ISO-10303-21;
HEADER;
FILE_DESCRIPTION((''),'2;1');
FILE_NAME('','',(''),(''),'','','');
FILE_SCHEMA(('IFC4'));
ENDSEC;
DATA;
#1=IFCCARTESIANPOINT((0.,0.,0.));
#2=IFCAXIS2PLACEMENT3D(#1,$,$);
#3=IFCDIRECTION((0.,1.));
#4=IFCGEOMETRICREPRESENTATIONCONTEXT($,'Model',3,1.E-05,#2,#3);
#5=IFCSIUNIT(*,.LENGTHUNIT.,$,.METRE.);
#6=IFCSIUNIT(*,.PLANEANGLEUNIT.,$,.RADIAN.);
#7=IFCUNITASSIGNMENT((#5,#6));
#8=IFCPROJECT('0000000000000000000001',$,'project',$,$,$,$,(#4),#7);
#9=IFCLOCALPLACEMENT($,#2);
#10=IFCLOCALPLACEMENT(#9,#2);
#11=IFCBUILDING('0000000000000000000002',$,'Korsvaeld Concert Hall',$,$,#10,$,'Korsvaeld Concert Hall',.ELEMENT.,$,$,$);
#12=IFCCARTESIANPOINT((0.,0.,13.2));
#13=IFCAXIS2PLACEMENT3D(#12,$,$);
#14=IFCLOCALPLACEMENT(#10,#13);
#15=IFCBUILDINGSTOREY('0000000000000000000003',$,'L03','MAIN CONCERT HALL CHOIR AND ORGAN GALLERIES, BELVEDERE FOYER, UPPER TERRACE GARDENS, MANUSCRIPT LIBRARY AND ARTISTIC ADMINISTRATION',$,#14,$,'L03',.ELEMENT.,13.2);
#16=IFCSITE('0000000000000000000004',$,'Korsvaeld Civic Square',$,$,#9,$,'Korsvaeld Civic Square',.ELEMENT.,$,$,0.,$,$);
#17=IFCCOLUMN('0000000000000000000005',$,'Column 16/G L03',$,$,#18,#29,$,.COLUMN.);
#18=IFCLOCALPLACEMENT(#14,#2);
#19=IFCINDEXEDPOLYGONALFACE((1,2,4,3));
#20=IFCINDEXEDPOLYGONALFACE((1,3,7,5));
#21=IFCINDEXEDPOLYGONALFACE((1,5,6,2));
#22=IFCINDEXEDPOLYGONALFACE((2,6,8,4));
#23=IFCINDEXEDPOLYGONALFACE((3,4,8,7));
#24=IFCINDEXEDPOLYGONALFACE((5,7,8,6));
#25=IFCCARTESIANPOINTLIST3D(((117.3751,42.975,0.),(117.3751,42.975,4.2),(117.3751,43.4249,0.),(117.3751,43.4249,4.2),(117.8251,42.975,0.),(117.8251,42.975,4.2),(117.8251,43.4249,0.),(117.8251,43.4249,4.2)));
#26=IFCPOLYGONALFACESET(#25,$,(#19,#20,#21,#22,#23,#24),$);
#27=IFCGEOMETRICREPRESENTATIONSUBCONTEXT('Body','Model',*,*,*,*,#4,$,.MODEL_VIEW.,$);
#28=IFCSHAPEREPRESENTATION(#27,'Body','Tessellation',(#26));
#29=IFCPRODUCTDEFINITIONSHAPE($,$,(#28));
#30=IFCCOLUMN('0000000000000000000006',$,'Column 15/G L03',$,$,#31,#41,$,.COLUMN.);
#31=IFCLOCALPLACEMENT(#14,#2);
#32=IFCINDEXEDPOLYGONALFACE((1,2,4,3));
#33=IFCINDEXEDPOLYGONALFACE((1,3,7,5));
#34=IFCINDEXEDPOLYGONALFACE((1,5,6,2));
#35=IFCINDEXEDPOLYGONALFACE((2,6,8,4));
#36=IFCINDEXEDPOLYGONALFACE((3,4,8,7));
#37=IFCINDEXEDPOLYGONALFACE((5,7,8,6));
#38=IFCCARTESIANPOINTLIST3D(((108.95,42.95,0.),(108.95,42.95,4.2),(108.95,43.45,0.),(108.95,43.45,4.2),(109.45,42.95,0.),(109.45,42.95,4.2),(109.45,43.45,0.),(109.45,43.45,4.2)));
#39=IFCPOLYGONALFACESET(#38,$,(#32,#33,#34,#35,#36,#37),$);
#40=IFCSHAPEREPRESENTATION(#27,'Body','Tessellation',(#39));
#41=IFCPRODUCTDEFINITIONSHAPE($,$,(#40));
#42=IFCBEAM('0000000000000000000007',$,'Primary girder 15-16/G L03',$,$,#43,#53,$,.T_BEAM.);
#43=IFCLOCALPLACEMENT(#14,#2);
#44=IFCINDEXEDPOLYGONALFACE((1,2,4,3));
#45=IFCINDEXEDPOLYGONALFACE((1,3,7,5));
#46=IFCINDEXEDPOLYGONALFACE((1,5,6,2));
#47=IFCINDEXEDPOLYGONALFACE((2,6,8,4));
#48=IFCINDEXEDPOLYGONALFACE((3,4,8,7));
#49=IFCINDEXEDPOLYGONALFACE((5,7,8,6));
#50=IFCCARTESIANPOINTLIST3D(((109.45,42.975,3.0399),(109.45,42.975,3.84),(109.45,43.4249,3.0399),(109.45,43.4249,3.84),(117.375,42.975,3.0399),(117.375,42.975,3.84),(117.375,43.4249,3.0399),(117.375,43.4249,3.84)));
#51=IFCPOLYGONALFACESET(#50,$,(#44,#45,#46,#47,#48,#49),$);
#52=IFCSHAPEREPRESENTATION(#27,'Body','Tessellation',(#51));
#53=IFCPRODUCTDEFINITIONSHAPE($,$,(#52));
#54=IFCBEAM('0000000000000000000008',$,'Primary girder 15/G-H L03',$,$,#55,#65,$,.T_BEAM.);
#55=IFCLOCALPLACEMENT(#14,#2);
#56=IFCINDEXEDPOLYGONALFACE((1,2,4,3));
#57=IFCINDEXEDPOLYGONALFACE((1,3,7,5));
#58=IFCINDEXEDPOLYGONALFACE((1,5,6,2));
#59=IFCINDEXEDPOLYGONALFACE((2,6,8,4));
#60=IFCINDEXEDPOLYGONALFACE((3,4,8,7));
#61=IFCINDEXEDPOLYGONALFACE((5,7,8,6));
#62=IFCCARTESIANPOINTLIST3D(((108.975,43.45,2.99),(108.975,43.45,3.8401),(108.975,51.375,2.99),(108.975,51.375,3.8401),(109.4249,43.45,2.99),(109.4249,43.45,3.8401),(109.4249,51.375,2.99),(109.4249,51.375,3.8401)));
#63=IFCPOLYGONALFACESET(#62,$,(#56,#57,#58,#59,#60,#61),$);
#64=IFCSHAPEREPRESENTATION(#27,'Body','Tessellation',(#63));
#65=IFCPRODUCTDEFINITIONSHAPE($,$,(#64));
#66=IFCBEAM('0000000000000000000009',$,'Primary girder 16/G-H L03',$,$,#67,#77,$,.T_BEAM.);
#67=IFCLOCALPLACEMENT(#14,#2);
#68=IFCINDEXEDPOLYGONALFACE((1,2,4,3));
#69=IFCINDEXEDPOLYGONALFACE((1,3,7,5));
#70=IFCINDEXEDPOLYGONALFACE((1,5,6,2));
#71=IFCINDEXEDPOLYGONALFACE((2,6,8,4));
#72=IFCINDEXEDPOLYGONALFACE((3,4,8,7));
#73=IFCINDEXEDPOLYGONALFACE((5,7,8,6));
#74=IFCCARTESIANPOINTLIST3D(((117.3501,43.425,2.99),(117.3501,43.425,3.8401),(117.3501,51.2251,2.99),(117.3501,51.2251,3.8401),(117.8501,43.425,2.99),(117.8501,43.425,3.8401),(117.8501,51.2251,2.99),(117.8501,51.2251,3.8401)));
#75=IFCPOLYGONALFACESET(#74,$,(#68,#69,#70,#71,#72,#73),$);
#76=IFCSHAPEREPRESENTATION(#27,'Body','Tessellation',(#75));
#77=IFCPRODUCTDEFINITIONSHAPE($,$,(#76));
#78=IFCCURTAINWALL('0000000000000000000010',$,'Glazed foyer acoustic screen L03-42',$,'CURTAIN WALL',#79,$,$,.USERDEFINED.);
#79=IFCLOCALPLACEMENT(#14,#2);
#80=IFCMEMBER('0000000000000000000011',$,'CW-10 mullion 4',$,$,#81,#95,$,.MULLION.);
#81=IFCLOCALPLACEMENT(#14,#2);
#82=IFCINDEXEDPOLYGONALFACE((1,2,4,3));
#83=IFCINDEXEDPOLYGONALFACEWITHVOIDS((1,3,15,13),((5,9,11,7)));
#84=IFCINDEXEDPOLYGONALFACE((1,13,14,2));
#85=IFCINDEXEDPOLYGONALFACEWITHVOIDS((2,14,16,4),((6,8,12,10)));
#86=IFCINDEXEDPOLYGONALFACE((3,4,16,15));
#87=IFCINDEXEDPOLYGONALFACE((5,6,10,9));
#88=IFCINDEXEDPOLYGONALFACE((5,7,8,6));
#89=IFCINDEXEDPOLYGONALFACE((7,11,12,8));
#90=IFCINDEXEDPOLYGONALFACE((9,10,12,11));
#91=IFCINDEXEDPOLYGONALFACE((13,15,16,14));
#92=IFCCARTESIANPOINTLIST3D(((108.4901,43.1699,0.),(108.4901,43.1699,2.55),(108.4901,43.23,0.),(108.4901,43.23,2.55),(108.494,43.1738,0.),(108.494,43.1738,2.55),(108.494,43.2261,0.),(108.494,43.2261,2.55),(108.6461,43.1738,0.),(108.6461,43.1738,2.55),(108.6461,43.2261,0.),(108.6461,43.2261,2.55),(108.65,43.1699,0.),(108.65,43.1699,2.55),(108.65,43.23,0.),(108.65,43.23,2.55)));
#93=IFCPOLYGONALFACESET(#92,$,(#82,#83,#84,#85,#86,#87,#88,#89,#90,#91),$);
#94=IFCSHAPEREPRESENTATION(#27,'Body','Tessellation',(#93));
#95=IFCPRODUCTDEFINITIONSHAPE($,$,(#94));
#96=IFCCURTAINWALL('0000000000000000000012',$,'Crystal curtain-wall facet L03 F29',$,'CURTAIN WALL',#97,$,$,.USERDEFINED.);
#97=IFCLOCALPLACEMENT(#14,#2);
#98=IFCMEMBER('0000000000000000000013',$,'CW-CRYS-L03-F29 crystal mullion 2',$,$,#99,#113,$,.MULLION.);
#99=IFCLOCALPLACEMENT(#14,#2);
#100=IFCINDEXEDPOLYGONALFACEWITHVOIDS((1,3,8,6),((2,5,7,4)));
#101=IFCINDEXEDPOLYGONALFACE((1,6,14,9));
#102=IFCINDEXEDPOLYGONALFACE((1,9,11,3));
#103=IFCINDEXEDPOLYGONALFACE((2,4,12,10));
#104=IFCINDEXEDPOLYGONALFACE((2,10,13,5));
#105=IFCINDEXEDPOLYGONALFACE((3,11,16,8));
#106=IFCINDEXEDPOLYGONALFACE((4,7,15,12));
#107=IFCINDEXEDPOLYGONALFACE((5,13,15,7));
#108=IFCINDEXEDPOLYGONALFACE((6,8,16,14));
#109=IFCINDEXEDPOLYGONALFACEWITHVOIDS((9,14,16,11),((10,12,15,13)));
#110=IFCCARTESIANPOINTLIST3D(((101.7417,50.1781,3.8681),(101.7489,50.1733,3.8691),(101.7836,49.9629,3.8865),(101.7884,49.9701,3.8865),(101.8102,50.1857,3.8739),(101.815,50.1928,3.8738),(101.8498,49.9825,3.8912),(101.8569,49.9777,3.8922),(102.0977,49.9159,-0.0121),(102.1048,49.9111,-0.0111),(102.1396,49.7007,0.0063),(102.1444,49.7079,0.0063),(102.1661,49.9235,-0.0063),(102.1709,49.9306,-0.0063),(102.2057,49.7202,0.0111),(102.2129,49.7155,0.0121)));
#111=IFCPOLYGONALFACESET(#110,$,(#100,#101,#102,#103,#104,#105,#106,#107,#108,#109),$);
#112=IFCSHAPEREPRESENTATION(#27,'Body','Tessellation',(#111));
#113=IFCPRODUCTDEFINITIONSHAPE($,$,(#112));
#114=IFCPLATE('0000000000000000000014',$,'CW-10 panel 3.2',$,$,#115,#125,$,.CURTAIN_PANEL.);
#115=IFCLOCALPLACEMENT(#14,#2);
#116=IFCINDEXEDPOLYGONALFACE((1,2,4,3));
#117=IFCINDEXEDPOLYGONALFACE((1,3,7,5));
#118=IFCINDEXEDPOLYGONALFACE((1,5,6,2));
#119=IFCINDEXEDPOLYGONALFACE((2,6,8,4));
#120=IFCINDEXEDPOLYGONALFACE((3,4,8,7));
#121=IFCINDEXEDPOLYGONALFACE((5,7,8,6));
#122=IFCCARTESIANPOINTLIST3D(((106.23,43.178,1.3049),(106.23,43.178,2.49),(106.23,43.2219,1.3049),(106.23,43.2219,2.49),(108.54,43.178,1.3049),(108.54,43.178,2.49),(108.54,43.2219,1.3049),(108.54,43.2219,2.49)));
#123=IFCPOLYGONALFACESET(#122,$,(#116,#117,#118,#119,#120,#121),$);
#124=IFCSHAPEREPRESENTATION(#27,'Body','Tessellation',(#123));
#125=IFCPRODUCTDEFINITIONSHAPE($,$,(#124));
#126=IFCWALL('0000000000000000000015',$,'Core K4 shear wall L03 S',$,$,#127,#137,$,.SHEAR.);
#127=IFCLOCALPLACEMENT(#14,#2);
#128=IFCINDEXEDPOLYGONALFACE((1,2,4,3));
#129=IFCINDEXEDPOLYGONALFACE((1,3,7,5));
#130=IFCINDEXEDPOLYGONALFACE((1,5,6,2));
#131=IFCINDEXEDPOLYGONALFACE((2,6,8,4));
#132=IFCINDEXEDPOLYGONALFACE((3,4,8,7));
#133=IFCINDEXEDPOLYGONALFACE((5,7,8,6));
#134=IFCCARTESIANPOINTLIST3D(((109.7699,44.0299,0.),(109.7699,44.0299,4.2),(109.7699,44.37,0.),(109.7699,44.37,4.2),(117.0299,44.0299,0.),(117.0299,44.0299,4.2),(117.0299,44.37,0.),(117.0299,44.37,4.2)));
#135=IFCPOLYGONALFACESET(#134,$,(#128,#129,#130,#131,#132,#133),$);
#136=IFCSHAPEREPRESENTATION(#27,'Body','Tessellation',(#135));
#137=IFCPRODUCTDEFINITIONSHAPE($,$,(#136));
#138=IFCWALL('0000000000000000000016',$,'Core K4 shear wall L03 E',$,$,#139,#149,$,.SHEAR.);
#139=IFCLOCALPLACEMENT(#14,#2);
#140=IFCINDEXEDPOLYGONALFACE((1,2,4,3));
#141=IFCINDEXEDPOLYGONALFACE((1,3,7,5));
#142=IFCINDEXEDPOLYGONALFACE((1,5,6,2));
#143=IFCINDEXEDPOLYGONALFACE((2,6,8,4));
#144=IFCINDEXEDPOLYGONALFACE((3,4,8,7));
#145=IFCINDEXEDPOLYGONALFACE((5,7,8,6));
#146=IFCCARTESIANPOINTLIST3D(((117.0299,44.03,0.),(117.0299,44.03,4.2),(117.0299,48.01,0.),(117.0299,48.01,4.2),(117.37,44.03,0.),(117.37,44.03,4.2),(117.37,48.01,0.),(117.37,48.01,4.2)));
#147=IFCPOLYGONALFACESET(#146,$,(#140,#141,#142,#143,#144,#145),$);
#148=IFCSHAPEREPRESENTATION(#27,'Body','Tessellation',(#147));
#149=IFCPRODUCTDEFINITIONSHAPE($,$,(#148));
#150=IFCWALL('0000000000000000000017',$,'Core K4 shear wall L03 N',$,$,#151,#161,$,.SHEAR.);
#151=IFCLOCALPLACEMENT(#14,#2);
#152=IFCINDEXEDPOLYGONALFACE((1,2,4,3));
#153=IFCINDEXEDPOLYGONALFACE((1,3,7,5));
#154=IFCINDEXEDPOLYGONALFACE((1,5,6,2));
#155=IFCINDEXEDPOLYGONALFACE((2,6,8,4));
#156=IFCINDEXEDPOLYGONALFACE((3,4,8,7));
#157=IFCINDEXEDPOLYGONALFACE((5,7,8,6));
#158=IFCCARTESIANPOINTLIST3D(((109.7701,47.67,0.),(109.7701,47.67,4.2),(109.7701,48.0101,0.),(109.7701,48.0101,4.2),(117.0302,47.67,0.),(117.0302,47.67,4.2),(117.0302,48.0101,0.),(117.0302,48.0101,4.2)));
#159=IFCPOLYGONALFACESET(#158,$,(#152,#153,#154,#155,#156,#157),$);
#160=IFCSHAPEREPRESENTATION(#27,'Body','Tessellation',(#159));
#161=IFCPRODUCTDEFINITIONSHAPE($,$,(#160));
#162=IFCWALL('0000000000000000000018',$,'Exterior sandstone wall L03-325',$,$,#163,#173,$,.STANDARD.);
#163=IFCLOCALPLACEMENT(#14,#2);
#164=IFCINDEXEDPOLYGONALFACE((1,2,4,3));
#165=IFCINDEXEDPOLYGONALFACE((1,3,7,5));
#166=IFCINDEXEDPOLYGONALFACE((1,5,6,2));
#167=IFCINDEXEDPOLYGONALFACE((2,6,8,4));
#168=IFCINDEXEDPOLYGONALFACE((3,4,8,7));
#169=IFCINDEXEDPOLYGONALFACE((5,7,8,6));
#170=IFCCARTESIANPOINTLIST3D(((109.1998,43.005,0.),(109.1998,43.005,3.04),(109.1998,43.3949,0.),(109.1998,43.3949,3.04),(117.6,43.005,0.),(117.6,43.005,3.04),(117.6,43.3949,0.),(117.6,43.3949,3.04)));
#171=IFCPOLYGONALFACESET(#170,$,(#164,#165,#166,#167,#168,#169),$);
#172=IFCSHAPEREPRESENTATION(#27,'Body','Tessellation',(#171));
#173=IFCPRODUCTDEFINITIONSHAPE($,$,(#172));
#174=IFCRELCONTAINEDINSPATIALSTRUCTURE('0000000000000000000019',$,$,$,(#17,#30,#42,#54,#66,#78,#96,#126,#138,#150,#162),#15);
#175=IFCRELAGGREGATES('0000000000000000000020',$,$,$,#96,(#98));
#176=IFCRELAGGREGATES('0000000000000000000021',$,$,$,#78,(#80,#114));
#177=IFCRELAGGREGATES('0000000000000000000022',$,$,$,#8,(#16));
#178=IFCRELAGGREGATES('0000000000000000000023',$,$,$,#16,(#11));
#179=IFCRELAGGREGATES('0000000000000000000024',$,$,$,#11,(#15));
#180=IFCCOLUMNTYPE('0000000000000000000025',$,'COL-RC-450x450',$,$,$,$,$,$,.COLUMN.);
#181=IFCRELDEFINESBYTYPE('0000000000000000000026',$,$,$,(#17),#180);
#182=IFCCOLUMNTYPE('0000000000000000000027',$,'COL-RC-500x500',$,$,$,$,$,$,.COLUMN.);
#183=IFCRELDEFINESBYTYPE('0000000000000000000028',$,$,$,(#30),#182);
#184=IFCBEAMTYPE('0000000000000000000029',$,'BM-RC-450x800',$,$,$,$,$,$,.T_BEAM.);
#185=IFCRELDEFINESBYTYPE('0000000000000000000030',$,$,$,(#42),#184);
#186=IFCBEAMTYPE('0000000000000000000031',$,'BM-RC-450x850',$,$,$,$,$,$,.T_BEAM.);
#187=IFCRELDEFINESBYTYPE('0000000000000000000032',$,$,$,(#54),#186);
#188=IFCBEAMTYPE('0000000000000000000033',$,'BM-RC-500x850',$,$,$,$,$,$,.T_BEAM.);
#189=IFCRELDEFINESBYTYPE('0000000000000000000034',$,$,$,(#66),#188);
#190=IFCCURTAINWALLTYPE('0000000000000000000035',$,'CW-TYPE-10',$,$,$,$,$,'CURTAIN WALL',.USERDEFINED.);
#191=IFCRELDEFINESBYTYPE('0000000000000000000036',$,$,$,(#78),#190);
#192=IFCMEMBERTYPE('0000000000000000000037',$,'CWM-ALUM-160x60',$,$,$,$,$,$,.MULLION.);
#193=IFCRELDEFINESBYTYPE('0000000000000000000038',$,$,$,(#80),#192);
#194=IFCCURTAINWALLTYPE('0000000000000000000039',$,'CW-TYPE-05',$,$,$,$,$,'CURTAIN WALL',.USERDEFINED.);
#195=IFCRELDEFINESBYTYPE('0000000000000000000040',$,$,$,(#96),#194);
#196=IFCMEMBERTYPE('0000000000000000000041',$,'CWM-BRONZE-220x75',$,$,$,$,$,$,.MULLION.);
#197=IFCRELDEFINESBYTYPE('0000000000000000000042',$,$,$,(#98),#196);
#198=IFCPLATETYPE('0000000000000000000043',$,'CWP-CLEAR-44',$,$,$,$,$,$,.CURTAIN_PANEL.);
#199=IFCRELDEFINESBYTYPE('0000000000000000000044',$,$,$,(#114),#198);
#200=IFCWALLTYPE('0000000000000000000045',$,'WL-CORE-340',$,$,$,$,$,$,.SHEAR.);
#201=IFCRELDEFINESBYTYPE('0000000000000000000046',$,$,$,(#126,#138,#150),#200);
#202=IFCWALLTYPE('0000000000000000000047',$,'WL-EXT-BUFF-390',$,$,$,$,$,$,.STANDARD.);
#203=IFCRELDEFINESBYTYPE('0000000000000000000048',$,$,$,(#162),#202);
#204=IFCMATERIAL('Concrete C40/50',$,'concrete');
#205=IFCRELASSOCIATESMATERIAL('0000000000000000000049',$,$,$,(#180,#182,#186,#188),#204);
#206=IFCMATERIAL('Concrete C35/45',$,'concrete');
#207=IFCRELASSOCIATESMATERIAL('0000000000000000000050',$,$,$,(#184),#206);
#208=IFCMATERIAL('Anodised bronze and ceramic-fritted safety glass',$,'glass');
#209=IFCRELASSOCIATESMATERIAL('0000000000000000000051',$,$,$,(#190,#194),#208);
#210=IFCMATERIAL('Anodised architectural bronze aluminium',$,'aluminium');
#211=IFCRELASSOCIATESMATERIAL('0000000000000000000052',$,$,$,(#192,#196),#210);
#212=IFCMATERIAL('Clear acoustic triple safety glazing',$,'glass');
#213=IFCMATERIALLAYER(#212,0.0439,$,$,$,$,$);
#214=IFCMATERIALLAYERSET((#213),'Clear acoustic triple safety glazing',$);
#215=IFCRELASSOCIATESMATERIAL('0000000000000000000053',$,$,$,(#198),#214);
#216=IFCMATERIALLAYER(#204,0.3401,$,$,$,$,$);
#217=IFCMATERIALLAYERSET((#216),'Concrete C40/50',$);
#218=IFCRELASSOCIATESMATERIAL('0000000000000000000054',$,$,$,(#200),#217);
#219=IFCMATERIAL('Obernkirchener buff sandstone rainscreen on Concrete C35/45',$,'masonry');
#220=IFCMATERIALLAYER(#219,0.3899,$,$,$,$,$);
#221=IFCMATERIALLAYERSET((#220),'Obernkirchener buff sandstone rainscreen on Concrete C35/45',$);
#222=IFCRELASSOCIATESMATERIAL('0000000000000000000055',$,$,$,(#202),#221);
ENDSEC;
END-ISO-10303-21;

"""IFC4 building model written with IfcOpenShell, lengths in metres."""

from ifc_helpers import new_model, si_unit, direction, frame, frame_2d, origin, origin_2d, place, context, subcontext, project, spatial, rectangle, hollow_rectangle, extrude, material, layer, layer_set, material_profile, profile_set, type_object, element, aggregate, save


model = new_model("IFC4")

# Units and contexts
model_context = context("Model", 3, precision=1e-05, world=origin(), true_north=direction((0.0, 1.0)))
body_context = subcontext(model_context, "Body", "Model", "MODEL_VIEW")
ifc_project = project(units=[si_unit("LENGTHUNIT", "METRE"), si_unit("PLANEANGLEUNIT", "RADIAN")], contexts=[model_context])

# Site, building, storey
site_placement = place(None, origin())
site = spatial("IfcSite", under=ifc_project, at=site_placement, Name="Korsvaeld Civic Square", LongName="Korsvaeld Civic Square", CompositionType="ELEMENT", RefElevation=0.0)
building_placement = place(site_placement, origin())
building = spatial("IfcBuilding", under=site, at=building_placement, Name="Korsvaeld Concert Hall", LongName="Korsvaeld Concert Hall", CompositionType="ELEMENT")
storey_placement = place(building_placement, frame((0.0, 0.0, 13.2)))
storey = spatial("IfcBuildingStorey", under=building, at=storey_placement, Name="L03", Description="MAIN CONCERT HALL CHOIR AND ORGAN GALLERIES, BELVEDERE FOYER, UPPER TERRACE GARDENS, MANUSCRIPT LIBRARY AND ARTISTIC ADMINISTRATION", LongName="L03", CompositionType="ELEMENT", Elevation=13.2)

# Columns
ifc_material_1 = material(Name="Concrete C40/50", Category="concrete")
ifc_material_profile_1 = material_profile(ifc_material_1, rectangle(XDim=0.45, YDim=0.45, at=origin_2d()), Name="RC 450x450")
ifc_profile_set_1 = profile_set([ifc_material_profile_1], Name="Concrete C40/50")
column_type_1 = type_object("IfcColumnType", Name="COL-RC-450x450", PredefinedType="COLUMN", material=ifc_profile_set_1)
column_1_placement = place(storey_placement, frame((117.6001, 43.2, 0.0), z_axis=(0.0, 0.0, 1.0), x_axis=(1.0, 0.0, 0.0)))
element("IfcColumn", 1, at=column_1_placement, inside=storey, type_object=column_type_1, Name="Column 16/G L03", PredefinedType="COLUMN", context=body_context, shape_type="SweptSolid", body=[
    extrude(rectangle(XDim=0.45, YDim=0.45, at=origin_2d()), origin(), (0.0, 0.0, 1.0), 4.2),
])
ifc_material_profile_2 = material_profile(ifc_material_1, rectangle(XDim=0.5, YDim=0.5, at=origin_2d()), Name="RC 500x500")
ifc_profile_set_2 = profile_set([ifc_material_profile_2], Name="Concrete C40/50")
column_type_2 = type_object("IfcColumnType", Name="COL-RC-500x500", PredefinedType="COLUMN", material=ifc_profile_set_2)
column_2_placement = place(storey_placement, frame((109.2, 43.2, 0.0), z_axis=(0.0, 0.0, 1.0), x_axis=(1.0, 0.0, 0.0)))
element("IfcColumn", 2, at=column_2_placement, inside=storey, type_object=column_type_2, Name="Column 15/G L03", PredefinedType="COLUMN", context=body_context, shape_type="SweptSolid", body=[
    extrude(rectangle(XDim=0.5, YDim=0.5, at=origin_2d()), origin(), (0.0, 0.0, 1.0), 4.2),
])

# Beams
ifc_material_2 = material(Name="Concrete C35/45", Category="concrete")
ifc_material_profile_3 = material_profile(ifc_material_2, rectangle(XDim=0.45, YDim=0.8, at=origin_2d()), Name="RC 450x800")
ifc_profile_set_3 = profile_set([ifc_material_profile_3], Name="Concrete C35/45")
beam_type_1 = type_object("IfcBeamType", Name="BM-RC-450x800", PredefinedType="T_BEAM", material=ifc_profile_set_3)
beam_1_placement = place(storey_placement, frame((109.45, 43.2, 3.4399), z_axis=(1.0, 0.0, 0.0), x_axis=(0.0, 1.0, 0.0)))
element("IfcBeam", 3, at=beam_1_placement, inside=storey, type_object=beam_type_1, Name="Primary girder 15-16/G L03", PredefinedType="T_BEAM", context=body_context, shape_type="SweptSolid", body=[
    extrude(rectangle(XDim=0.45, YDim=0.8, at=origin_2d()), origin(), (0.0, 0.0, 1.0), 7.925),
])
ifc_material_profile_4 = material_profile(ifc_material_1, rectangle(XDim=0.45, YDim=0.8501, at=origin_2d()), Name="RC 450x850")
ifc_profile_set_4 = profile_set([ifc_material_profile_4], Name="Concrete C40/50")
beam_type_2 = type_object("IfcBeamType", Name="BM-RC-450x850", PredefinedType="T_BEAM", material=ifc_profile_set_4)
beam_2_placement = place(storey_placement, frame((109.2, 43.45, 3.415), z_axis=(0.0, 1.0, 0.0), x_axis=(-1.0, 0.0, 0.0)))
element("IfcBeam", 4, at=beam_2_placement, inside=storey, type_object=beam_type_2, Name="Primary girder 15/G-H L03", PredefinedType="T_BEAM", context=body_context, shape_type="SweptSolid", body=[
    extrude(rectangle(XDim=0.45, YDim=0.8501, at=origin_2d()), origin(), (0.0, 0.0, 1.0), 7.925),
])
ifc_material_profile_5 = material_profile(ifc_material_1, rectangle(XDim=0.5, YDim=0.8501, at=origin_2d()), Name="RC 500x850")
ifc_profile_set_5 = profile_set([ifc_material_profile_5], Name="Concrete C40/50")
beam_type_3 = type_object("IfcBeamType", Name="BM-RC-500x850", PredefinedType="T_BEAM", material=ifc_profile_set_5)
beam_3_placement = place(storey_placement, frame((117.6001, 43.425, 3.415), z_axis=(0.0, 1.0, 0.0), x_axis=(-1.0, 0.0, 0.0)))
element("IfcBeam", 5, at=beam_3_placement, inside=storey, type_object=beam_type_3, Name="Primary girder 16/G-H L03", PredefinedType="T_BEAM", context=body_context, shape_type="SweptSolid", body=[
    extrude(rectangle(XDim=0.5, YDim=0.8501, at=origin_2d()), origin(), (0.0, 0.0, 1.0), 7.8),
])

# Curtain walls, members
ifc_material_3 = material(Name="Anodised bronze and ceramic-fritted safety glass", Category="glass")
curtain_wall_type_1 = type_object("IfcCurtainWallType", Name="CW-TYPE-10", ElementType="CURTAIN WALL", PredefinedType="USERDEFINED", material=ifc_material_3)
curtain_wall_1_placement = place(storey_placement, origin())
curtain_wall_1 = element("IfcCurtainWall", 6, at=curtain_wall_1_placement, inside=storey, type_object=curtain_wall_type_1, Name="Glazed foyer acoustic screen L03-42", ObjectType="CURTAIN WALL", PredefinedType="USERDEFINED")
ifc_material_4 = material(Name="Anodised architectural bronze aluminium", Category="aluminium")
ifc_material_profile_6 = material_profile(ifc_material_4, hollow_rectangle(XDim=0.0601, YDim=0.1599, WallThickness=0.0039, at=origin_2d()), Name="CWM 160x60x4")
ifc_profile_set_6 = profile_set([ifc_material_profile_6], Name="Anodised architectural bronze aluminium")
member_type_1 = type_object("IfcMemberType", Name="CWM-ALUM-160x60", PredefinedType="MULLION", material=ifc_profile_set_6)
member_1_placement = place(storey_placement, frame((108.5701, 43.2, 0.0), z_axis=(0.0, 0.0, 1.0), x_axis=(0.0, 1.0, 0.0)))
member_1 = element("IfcMember", 7, at=member_1_placement, type_object=member_type_1, Name="CW-10 mullion 4", PredefinedType="MULLION", context=body_context, shape_type="SweptSolid", body=[
    extrude(hollow_rectangle(XDim=0.0601, YDim=0.1599, WallThickness=0.0039, at=origin_2d()), origin(), (0.0, 0.0, 1.0), 2.55),
])
curtain_wall_type_2 = type_object("IfcCurtainWallType", Name="CW-TYPE-05", ElementType="CURTAIN WALL", PredefinedType="USERDEFINED", material=ifc_material_3)
curtain_wall_2_placement = place(storey_placement, origin())
curtain_wall_2 = element("IfcCurtainWall", 8, at=curtain_wall_2_placement, inside=storey, type_object=curtain_wall_type_2, Name="Crystal curtain-wall facet L03 F29", ObjectType="CURTAIN WALL", PredefinedType="USERDEFINED")
ifc_material_profile_7 = material_profile(ifc_material_4, hollow_rectangle(XDim=0.075, YDim=0.22, WallThickness=0.0061, at=origin_2d()), Name="CWM 220x75x6")
ifc_profile_set_7 = profile_set([ifc_material_profile_7], Name="Anodised architectural bronze aluminium")
member_type_2 = type_object("IfcMemberType", Name="CWM-BRONZE-220x75", PredefinedType="MULLION", material=ifc_profile_set_7)
member_2_placement = place(storey_placement, frame((102.1553, 49.8157, 0.0), z_axis=(-0.091149, 0.067142, 0.993571), x_axis=(0.977433, 0.196963, 0.076358)))
member_2 = element("IfcMember", 9, at=member_2_placement, type_object=member_type_2, Name="CW-CRYS-L03-F29 crystal mullion 2", PredefinedType="MULLION", context=body_context, shape_type="SweptSolid", body=[
    extrude(hollow_rectangle(XDim=0.075, YDim=0.22, WallThickness=0.0061, at=origin_2d()), origin(), (0.0, 0.0, 1.0), 3.9053),
])
aggregate(curtain_wall_2, [member_2])

# Plate
ifc_material_5 = material(Name="Clear acoustic triple safety glazing", Category="glass")
ifc_layer_1 = layer(ifc_material_5, 0.0439)
ifc_layer_set_1 = layer_set([ifc_layer_1], Name="Clear acoustic triple safety glazing")
plate_type = type_object("IfcPlateType", Name="CWP-CLEAR-44", PredefinedType="CURTAIN_PANEL", material=ifc_layer_set_1)
plate_placement = place(storey_placement, frame((107.385, 43.2, 1.3049), z_axis=(0.0, 0.0, 1.0), x_axis=(1.0, 0.0, 0.0)))
plate = element("IfcPlate", 10, at=plate_placement, type_object=plate_type, Name="CW-10 panel 3.2", PredefinedType="CURTAIN_PANEL", context=body_context, shape_type="SweptSolid", body=[
    extrude(rectangle(XDim=2.3101, YDim=0.0439, at=origin_2d()), origin(), (0.0, 0.0, 1.0), 1.1851),
])
aggregate(curtain_wall_1, [member_1, plate])

# Walls
ifc_layer_2 = layer(ifc_material_1, 0.3401)
ifc_layer_set_2 = layer_set([ifc_layer_2], Name="Concrete C40/50")
wall_type_1 = type_object("IfcWallType", Name="WL-CORE-340", PredefinedType="SHEAR", material=ifc_layer_set_2)
wall_1_placement = place(storey_placement, frame((109.77, 44.2, 0.0), z_axis=(0.0, 0.0, 1.0), x_axis=(1.0, 0.0, 0.0)))
element("IfcWall", 11, at=wall_1_placement, inside=storey, type_object=wall_type_1, Name="Core K4 shear wall L03 S", PredefinedType="SHEAR", context=body_context, shape_type="SweptSolid", body=[
    extrude(rectangle(XDim=7.26, YDim=0.3401, at=frame_2d((3.6299, 0.0))), origin(), (0.0, 0.0, 1.0), 4.2),
])
wall_2_placement = place(storey_placement, frame((117.2, 44.03, 0.0), z_axis=(0.0, 0.0, 1.0), x_axis=(0.0, 1.0, 0.0)))
element("IfcWall", 12, at=wall_2_placement, inside=storey, type_object=wall_type_1, Name="Core K4 shear wall L03 E", PredefinedType="SHEAR", context=body_context, shape_type="SweptSolid", body=[
    extrude(rectangle(XDim=3.98, YDim=0.3401, at=frame_2d((1.99, 0.0))), origin(), (0.0, 0.0, 1.0), 4.2),
])
wall_3_placement = place(storey_placement, frame((117.03, 47.8401, 0.0), z_axis=(0.0, 0.0, 1.0), x_axis=(-1.0, 0.0, 0.0)))
element("IfcWall", 13, at=wall_3_placement, inside=storey, type_object=wall_type_1, Name="Core K4 shear wall L03 N", PredefinedType="SHEAR", context=body_context, shape_type="SweptSolid", body=[
    extrude(rectangle(XDim=7.26, YDim=0.3401, at=frame_2d((3.6299, 0.0))), origin(), (0.0, 0.0, 1.0), 4.2),
])

# Wall
ifc_material_6 = material(Name="Obernkirchener buff sandstone rainscreen on Concrete C35/45", Category="masonry")
ifc_layer_3 = layer(ifc_material_6, 0.3899)
ifc_layer_set_3 = layer_set([ifc_layer_3], Name="Obernkirchener buff sandstone rainscreen on Concrete C35/45")
wall_type_2 = type_object("IfcWallType", Name="WL-EXT-BUFF-390", PredefinedType="STANDARD", material=ifc_layer_set_3)
wall_4_placement = place(storey_placement, frame((117.6001, 43.2, 0.0), z_axis=(0.0, 0.0, 1.0), x_axis=(-1.0, 0.0, 0.0)))
element("IfcWall", 14, at=wall_4_placement, inside=storey, type_object=wall_type_2, Name="Exterior sandstone wall L03-325", PredefinedType="STANDARD", context=body_context, shape_type="SweptSolid", body=[
    extrude(rectangle(XDim=8.4001, YDim=0.3899, at=frame_2d((4.2002, 0.0))), origin(), (0.0, 0.0, 1.0), 3.04),
])

save(model, "model.ifc")
